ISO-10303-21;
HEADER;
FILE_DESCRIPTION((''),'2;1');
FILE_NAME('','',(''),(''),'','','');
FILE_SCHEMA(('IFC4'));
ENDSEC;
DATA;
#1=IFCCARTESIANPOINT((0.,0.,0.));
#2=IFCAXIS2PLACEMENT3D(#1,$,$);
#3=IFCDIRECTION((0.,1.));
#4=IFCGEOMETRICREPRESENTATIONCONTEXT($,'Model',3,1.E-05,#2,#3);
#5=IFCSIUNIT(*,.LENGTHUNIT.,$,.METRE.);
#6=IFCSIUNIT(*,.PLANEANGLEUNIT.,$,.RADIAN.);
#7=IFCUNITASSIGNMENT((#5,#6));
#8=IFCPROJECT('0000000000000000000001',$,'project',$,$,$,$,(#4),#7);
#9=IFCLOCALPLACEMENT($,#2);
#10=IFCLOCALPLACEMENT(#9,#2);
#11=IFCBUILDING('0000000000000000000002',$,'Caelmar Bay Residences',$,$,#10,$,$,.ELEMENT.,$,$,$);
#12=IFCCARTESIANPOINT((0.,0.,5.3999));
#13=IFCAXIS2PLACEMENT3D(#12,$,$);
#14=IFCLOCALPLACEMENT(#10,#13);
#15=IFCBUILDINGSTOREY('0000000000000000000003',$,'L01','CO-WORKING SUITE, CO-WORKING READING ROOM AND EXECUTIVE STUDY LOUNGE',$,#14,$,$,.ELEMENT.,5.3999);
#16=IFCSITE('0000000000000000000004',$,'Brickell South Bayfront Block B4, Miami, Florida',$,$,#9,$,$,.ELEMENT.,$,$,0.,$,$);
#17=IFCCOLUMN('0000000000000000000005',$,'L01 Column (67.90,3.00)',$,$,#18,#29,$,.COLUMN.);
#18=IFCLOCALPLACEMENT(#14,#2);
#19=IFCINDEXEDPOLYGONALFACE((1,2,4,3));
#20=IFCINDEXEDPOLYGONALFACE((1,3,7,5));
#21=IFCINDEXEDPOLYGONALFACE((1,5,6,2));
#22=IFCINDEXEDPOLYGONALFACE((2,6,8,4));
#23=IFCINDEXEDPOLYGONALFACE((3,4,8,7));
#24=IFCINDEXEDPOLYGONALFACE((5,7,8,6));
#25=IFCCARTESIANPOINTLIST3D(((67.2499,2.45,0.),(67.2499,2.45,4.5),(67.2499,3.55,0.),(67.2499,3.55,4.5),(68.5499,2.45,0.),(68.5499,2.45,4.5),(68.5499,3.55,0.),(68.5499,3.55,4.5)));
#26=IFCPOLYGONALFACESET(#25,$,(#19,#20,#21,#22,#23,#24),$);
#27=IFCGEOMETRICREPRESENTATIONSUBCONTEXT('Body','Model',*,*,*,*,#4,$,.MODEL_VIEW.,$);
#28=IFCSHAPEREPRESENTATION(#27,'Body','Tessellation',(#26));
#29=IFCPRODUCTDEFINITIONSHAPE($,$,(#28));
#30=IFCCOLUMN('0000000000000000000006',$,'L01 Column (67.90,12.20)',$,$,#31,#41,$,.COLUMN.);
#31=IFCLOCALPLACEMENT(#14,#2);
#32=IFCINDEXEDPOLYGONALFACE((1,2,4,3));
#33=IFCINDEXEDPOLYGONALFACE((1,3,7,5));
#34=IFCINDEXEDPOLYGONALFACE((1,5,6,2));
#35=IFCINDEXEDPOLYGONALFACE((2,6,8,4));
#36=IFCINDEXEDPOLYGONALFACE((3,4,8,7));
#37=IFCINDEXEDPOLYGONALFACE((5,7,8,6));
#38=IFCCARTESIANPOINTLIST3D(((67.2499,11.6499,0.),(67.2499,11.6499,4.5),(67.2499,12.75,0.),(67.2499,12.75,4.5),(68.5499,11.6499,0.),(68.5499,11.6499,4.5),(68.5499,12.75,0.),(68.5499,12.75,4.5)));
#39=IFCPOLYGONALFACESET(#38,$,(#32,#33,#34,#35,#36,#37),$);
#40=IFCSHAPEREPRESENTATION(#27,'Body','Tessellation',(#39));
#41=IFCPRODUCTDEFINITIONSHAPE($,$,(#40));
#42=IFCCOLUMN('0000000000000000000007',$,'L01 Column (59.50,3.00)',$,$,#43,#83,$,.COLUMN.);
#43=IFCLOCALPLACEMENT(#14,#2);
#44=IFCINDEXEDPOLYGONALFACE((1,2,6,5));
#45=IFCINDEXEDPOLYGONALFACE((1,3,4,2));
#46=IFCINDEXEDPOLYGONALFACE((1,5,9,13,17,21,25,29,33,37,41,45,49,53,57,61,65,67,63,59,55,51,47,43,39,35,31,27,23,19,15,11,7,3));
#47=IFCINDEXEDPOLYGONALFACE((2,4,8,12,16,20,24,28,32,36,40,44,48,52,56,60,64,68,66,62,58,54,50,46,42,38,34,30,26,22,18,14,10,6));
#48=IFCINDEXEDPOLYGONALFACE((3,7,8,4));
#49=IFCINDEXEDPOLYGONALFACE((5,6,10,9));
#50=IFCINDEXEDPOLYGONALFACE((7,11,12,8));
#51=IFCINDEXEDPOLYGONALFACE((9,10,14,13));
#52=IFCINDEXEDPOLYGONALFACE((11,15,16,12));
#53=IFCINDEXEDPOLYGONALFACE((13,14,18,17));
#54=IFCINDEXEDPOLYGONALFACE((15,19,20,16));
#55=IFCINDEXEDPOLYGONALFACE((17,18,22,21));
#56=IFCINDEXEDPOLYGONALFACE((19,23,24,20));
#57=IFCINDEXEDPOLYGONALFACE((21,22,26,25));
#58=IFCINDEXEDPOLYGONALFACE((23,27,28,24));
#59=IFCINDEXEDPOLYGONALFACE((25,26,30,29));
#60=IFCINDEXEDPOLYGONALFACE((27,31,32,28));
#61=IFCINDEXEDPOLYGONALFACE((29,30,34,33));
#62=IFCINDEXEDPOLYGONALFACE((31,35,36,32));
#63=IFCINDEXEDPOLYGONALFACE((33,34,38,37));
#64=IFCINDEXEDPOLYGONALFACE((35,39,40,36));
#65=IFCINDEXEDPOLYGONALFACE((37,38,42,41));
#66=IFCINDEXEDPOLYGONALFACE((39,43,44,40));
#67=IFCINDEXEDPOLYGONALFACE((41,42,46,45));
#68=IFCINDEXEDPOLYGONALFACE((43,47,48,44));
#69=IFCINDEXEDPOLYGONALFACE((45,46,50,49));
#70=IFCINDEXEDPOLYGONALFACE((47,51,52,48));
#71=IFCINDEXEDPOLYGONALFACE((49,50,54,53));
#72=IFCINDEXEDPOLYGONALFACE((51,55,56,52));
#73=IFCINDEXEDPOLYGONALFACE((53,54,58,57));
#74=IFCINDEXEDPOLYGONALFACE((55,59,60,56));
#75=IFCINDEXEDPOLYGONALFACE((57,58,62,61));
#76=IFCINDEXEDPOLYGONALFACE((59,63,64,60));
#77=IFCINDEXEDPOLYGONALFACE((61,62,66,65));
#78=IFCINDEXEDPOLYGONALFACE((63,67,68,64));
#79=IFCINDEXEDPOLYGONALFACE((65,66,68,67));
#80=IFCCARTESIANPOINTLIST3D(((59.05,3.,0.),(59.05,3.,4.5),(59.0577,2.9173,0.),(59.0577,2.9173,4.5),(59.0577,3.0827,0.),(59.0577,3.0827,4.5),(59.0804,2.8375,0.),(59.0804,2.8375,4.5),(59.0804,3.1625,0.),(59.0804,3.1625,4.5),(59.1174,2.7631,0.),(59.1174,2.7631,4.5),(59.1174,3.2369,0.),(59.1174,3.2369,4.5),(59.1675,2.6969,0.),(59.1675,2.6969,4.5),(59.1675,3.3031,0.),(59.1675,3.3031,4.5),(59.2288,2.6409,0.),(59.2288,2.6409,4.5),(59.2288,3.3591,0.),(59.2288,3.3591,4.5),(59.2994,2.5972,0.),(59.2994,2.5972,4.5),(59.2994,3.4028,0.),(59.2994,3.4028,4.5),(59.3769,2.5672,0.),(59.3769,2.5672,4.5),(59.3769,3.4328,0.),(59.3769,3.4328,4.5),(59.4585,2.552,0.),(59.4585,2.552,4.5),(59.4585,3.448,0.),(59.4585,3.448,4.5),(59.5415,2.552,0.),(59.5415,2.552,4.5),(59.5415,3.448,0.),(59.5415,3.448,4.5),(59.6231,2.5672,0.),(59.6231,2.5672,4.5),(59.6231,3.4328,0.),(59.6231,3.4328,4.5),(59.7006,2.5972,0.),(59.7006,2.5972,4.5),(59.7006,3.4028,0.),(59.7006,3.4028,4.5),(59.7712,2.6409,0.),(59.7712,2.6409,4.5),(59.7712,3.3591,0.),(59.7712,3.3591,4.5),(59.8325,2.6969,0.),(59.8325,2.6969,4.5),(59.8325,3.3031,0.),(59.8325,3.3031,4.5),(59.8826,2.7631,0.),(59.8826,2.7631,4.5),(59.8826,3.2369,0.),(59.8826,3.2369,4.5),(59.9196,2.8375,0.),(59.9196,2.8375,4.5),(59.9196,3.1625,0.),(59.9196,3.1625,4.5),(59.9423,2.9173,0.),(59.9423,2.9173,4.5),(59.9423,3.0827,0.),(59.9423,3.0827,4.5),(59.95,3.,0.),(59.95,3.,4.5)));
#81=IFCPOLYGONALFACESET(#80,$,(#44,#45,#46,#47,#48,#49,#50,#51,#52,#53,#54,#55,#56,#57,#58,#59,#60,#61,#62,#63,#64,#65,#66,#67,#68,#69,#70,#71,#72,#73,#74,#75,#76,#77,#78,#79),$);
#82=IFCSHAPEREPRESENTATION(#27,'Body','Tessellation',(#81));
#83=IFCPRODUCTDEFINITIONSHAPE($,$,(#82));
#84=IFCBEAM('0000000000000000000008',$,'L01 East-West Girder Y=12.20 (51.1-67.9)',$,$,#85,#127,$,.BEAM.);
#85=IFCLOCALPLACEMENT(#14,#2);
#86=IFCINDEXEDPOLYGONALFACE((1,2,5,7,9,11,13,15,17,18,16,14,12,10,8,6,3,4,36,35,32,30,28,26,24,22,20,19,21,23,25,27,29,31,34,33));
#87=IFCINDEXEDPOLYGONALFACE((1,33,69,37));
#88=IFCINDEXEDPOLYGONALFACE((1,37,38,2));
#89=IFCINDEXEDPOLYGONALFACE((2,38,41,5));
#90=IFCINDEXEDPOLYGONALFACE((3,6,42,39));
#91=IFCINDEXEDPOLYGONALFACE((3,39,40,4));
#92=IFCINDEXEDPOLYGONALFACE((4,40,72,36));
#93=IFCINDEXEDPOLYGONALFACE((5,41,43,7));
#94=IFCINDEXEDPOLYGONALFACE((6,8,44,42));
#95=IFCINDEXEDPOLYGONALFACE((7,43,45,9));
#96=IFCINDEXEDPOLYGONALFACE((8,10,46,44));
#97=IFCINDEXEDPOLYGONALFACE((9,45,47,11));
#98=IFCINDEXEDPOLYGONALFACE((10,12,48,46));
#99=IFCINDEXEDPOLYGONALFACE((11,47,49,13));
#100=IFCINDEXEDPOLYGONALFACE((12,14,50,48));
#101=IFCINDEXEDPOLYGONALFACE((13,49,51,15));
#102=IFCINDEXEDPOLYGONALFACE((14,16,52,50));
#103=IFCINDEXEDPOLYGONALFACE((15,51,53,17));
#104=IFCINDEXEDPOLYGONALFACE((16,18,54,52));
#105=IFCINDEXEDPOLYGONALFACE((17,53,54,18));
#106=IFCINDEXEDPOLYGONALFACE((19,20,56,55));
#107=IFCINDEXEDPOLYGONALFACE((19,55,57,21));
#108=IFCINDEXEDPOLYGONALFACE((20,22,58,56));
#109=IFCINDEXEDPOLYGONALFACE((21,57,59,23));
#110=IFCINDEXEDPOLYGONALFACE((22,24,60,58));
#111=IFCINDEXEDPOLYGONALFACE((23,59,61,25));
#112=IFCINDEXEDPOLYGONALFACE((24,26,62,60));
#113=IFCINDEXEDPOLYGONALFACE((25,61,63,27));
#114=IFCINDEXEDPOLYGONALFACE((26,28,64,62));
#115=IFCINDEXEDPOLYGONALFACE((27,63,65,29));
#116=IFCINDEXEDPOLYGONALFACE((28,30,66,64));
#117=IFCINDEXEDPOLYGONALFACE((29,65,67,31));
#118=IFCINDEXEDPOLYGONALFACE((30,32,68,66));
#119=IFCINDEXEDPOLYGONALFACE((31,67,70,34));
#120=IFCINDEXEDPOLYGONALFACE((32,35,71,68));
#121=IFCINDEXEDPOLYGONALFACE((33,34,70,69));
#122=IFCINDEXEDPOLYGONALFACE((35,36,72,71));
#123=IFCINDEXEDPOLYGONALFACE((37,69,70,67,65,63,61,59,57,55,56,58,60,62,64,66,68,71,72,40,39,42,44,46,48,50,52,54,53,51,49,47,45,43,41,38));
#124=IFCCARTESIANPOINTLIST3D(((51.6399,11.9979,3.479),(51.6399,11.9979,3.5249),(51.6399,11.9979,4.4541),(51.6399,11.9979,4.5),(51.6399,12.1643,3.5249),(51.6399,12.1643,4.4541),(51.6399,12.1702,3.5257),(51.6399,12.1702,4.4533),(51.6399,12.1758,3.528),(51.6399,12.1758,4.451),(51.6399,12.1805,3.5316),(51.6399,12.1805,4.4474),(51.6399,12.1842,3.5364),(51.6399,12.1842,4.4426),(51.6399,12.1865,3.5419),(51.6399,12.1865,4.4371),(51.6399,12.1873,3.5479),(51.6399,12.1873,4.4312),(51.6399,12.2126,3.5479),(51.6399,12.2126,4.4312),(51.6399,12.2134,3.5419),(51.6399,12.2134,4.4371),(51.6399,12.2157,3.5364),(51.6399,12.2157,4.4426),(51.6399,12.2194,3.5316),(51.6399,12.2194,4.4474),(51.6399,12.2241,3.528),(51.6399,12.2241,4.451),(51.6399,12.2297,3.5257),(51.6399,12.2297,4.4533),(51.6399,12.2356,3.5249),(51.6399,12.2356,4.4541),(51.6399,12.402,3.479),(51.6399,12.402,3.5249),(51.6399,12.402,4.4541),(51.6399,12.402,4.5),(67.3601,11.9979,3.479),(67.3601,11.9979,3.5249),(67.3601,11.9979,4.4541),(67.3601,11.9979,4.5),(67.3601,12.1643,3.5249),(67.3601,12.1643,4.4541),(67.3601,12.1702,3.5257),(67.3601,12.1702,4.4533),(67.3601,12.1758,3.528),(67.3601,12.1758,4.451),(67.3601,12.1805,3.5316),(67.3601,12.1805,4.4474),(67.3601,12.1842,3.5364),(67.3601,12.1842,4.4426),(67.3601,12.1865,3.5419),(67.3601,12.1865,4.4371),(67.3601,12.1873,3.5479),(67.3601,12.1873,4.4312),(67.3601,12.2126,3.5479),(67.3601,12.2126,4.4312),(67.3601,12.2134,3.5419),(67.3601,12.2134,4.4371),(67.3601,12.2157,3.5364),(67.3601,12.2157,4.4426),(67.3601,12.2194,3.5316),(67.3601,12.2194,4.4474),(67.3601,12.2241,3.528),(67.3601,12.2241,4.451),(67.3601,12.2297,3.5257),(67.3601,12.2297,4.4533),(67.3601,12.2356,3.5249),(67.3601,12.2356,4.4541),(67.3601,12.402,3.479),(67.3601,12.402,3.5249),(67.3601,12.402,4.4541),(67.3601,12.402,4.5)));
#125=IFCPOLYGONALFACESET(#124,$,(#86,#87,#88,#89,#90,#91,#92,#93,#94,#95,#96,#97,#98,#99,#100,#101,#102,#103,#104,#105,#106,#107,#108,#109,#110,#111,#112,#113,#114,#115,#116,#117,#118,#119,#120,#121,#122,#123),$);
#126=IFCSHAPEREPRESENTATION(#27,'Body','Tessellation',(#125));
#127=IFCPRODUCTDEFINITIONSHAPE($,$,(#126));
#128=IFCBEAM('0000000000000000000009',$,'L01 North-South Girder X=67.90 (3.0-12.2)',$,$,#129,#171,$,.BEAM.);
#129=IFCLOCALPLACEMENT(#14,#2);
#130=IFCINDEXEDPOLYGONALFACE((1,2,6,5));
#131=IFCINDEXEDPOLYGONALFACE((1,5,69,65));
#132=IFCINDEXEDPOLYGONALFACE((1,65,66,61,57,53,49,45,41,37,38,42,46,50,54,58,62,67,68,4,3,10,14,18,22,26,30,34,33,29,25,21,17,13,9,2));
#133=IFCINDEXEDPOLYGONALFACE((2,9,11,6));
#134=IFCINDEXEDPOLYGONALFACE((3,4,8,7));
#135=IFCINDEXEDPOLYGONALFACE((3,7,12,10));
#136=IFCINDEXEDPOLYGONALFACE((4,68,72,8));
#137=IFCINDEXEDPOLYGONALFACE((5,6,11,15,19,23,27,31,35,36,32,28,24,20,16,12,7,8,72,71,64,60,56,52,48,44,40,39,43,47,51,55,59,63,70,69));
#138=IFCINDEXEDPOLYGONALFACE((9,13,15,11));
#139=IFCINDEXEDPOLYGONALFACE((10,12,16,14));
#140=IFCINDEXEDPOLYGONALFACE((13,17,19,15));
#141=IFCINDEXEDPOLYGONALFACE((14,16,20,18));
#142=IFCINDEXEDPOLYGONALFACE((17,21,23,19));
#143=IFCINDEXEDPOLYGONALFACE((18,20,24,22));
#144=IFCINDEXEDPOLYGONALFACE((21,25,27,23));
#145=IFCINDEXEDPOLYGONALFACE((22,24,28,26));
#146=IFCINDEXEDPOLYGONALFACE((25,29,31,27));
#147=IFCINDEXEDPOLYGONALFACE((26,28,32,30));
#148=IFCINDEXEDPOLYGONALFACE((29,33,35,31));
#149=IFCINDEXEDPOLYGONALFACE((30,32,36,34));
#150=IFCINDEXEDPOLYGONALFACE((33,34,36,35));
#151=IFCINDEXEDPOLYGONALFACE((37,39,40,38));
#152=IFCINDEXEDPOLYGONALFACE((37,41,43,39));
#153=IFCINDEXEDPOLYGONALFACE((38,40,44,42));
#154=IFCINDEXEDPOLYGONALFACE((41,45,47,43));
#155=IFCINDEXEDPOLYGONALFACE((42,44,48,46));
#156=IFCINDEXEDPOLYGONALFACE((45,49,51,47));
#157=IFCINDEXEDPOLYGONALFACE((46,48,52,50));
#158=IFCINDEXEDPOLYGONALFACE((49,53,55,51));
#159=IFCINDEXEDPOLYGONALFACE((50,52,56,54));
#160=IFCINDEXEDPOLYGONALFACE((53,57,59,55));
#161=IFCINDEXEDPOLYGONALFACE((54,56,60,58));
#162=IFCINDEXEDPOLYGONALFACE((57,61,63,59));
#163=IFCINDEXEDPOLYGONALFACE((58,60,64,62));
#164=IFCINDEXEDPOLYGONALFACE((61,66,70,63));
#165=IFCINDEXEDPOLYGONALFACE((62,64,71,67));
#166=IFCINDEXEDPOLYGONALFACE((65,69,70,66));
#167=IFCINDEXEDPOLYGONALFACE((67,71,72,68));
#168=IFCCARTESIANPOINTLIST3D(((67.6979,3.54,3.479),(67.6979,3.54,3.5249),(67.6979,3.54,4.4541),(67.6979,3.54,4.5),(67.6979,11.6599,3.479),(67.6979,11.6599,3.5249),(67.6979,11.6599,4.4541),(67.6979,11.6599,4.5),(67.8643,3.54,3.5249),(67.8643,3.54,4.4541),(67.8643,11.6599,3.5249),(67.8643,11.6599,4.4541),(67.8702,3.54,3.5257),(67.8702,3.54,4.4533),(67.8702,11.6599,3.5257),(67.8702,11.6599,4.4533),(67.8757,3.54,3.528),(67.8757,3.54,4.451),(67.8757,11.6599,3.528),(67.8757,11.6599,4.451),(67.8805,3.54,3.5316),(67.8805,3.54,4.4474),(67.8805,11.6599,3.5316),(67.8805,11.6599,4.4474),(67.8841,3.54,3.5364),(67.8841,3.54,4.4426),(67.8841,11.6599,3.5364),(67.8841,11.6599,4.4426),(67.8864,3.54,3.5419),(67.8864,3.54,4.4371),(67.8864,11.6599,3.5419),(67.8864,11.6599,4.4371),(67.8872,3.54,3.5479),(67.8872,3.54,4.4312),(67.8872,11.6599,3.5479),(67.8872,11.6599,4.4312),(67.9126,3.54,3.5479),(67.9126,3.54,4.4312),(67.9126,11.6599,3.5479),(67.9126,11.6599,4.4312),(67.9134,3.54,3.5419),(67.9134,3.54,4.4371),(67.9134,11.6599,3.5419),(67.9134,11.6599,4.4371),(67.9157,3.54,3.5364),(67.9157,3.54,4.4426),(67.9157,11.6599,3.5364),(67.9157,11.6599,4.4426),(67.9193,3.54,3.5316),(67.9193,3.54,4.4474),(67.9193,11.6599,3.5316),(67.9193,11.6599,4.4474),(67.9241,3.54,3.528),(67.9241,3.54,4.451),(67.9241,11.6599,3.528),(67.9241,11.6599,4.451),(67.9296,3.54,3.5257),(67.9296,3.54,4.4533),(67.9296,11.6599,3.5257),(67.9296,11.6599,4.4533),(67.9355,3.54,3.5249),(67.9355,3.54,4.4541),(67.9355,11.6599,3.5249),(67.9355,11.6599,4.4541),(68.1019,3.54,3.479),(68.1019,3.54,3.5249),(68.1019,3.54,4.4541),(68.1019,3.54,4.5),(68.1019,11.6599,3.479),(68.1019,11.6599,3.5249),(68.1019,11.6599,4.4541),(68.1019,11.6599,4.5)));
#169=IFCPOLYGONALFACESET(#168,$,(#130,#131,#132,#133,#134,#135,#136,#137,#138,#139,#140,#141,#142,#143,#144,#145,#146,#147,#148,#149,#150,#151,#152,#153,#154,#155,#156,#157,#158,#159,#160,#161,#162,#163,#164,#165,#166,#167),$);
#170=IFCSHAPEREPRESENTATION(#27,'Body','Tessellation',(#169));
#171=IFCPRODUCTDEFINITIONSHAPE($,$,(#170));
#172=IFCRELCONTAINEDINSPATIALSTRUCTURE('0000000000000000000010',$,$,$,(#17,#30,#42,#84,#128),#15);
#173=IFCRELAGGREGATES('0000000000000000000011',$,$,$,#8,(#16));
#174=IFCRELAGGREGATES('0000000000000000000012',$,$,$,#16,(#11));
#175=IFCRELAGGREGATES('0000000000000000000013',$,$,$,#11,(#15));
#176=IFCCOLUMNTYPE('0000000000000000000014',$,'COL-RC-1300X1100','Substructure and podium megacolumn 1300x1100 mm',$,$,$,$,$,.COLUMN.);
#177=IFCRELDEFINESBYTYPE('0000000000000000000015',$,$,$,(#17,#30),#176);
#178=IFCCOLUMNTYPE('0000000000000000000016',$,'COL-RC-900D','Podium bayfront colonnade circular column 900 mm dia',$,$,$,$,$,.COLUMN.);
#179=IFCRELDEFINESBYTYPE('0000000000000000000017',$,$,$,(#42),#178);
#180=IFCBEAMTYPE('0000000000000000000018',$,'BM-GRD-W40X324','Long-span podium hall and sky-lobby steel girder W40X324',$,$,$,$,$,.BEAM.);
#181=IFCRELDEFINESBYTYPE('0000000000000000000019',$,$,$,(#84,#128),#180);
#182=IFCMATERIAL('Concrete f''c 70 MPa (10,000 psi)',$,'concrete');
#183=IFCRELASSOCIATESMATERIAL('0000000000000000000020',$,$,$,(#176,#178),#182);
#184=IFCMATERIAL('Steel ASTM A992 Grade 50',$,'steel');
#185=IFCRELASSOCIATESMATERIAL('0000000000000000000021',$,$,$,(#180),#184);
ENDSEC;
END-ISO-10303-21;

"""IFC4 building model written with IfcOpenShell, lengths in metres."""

from ifc_helpers import new_model, si_unit, direction, frame, origin, origin_2d, place, context, subcontext, project, spatial, rectangle, circle, i_section, extrude, material, material_profile, profile_set, type_object, element, save


model = new_model("IFC4")

# Units and contexts
model_context = context("Model", 3, precision=1e-05, world=origin(), true_north=direction((0.0, 1.0)))
body_context = subcontext(model_context, "Body", "Model", "MODEL_VIEW")
ifc_project = project(units=[si_unit("LENGTHUNIT", "METRE"), si_unit("PLANEANGLEUNIT", "RADIAN")], contexts=[model_context])

# Site, building, storey
site_placement = place(None, origin())
site = spatial("IfcSite", under=ifc_project, at=site_placement, Name="Brickell South Bayfront Block B4, Miami, Florida", CompositionType="ELEMENT", RefElevation=0.0)
building_placement = place(site_placement, origin())
building = spatial("IfcBuilding", under=site, at=building_placement, Name="Caelmar Bay Residences", CompositionType="ELEMENT")
storey_placement = place(building_placement, frame((0.0, 0.0, 5.3999)))
storey = spatial("IfcBuildingStorey", under=building, at=storey_placement, Name="L01", Description="CO-WORKING SUITE, CO-WORKING READING ROOM AND EXECUTIVE STUDY LOUNGE", CompositionType="ELEMENT", Elevation=5.3999)

# Columns
ifc_material_1 = material(Name="Concrete f'c 70 MPa (10,000 psi)", Category="concrete")
ifc_material_profile_1 = material_profile(ifc_material_1, rectangle(XDim=1.3, YDim=1.1001, at=origin_2d()), Name="RC-COL-1300X1100")
ifc_profile_set_1 = profile_set([ifc_material_profile_1], Name="Concrete f'c 70 MPa (10,000 psi)")
column_type_1 = type_object("IfcColumnType", Name="COL-RC-1300X1100", Description="Substructure and podium megacolumn 1300x1100 mm", PredefinedType="COLUMN", material=ifc_profile_set_1)
for number, where, z_axis, x_axis, name in (
    (1, (67.8999, 3.0, 0.0), (0.0, 0.0, 1.0), (1.0, 0.0, 0.0), "L01 Column (67.90,3.00)"),
    (2, (67.8999, 12.2, 0.0), (0.0, 0.0, 1.0), (1.0, 0.0, 0.0), "L01 Column (67.90,12.20)"),
):
    element("IfcColumn", number, at=place(storey_placement, frame(where, z_axis=z_axis, x_axis=x_axis)), inside=storey, type_object=column_type_1, Name=name, PredefinedType="COLUMN", context=body_context, shape_type="SweptSolid", body=[
        extrude(rectangle(XDim=1.3, YDim=1.1001, at=origin_2d()), origin(), (0.0, 0.0, 1.0), 4.5),
    ])
ifc_material_profile_2 = material_profile(ifc_material_1, circle(Radius=0.45, at=origin_2d()), Name="RC-COL-900D")
ifc_profile_set_2 = profile_set([ifc_material_profile_2], Name="Concrete f'c 70 MPa (10,000 psi)")
column_type_2 = type_object("IfcColumnType", Name="COL-RC-900D", Description="Podium bayfront colonnade circular column 900 mm dia", PredefinedType="COLUMN", material=ifc_profile_set_2)
column_placement = place(storey_placement, frame((59.5, 3.0, 0.0), z_axis=(0.0, 0.0, 1.0), x_axis=(1.0, 0.0, 0.0)))
element("IfcColumn", 3, at=column_placement, inside=storey, type_object=column_type_2, Name="L01 Column (59.50,3.00)", PredefinedType="COLUMN", context=body_context, shape_type="SweptSolid", body=[
    extrude(circle(Radius=0.45, at=origin_2d()), origin(), (0.0, 0.0, 1.0), 4.5),
])

# Beams
ifc_material_2 = material(Name="Steel ASTM A992 Grade 50", Category="steel")
ifc_material_profile_3 = material_profile(ifc_material_2, i_section(OverallWidth=0.4041, OverallDepth=1.021, WebThickness=0.0254, FlangeThickness=0.0459, FilletRadius=0.0229, at=origin_2d()), Name="W40X324")
ifc_profile_set_3 = profile_set([ifc_material_profile_3], Name="Steel ASTM A992 Grade 50")
beam_type_1 = type_object("IfcBeamType", Name="BM-GRD-W40X324", Description="Long-span podium hall and sky-lobby steel girder W40X324", PredefinedType="BEAM", material=ifc_profile_set_3)
beam_1_placement = place(storey_placement, frame((51.6399, 12.2, 3.9895), z_axis=(1.0, 0.0, 0.0), x_axis=(0.0, 1.0, 0.0)))
element("IfcBeam", 4, at=beam_1_placement, inside=storey, type_object=beam_type_1, Name="L01 East-West Girder Y=12.20 (51.1-67.9)", PredefinedType="BEAM", context=body_context, shape_type="SweptSolid", body=[
    extrude(i_section(OverallWidth=0.4041, OverallDepth=1.021, WebThickness=0.0254, FlangeThickness=0.0459, FilletRadius=0.0229, at=origin_2d()), origin(), (0.0, 0.0, 1.0), 15.7202),
])
beam_2_placement = place(storey_placement, frame((67.8999, 3.54, 3.9895), z_axis=(0.0, 1.0, 0.0), x_axis=(-1.0, 0.0, 0.0)))
element("IfcBeam", 5, at=beam_2_placement, inside=storey, type_object=beam_type_1, Name="L01 North-South Girder X=67.90 (3.0-12.2)", PredefinedType="BEAM", context=body_context, shape_type="SweptSolid", body=[
    extrude(i_section(OverallWidth=0.4041, OverallDepth=1.021, WebThickness=0.0254, FlangeThickness=0.0459, FilletRadius=0.0229, at=origin_2d()), origin(), (0.0, 0.0, 1.0), 8.1199),
])

save(model, "model.ifc")
